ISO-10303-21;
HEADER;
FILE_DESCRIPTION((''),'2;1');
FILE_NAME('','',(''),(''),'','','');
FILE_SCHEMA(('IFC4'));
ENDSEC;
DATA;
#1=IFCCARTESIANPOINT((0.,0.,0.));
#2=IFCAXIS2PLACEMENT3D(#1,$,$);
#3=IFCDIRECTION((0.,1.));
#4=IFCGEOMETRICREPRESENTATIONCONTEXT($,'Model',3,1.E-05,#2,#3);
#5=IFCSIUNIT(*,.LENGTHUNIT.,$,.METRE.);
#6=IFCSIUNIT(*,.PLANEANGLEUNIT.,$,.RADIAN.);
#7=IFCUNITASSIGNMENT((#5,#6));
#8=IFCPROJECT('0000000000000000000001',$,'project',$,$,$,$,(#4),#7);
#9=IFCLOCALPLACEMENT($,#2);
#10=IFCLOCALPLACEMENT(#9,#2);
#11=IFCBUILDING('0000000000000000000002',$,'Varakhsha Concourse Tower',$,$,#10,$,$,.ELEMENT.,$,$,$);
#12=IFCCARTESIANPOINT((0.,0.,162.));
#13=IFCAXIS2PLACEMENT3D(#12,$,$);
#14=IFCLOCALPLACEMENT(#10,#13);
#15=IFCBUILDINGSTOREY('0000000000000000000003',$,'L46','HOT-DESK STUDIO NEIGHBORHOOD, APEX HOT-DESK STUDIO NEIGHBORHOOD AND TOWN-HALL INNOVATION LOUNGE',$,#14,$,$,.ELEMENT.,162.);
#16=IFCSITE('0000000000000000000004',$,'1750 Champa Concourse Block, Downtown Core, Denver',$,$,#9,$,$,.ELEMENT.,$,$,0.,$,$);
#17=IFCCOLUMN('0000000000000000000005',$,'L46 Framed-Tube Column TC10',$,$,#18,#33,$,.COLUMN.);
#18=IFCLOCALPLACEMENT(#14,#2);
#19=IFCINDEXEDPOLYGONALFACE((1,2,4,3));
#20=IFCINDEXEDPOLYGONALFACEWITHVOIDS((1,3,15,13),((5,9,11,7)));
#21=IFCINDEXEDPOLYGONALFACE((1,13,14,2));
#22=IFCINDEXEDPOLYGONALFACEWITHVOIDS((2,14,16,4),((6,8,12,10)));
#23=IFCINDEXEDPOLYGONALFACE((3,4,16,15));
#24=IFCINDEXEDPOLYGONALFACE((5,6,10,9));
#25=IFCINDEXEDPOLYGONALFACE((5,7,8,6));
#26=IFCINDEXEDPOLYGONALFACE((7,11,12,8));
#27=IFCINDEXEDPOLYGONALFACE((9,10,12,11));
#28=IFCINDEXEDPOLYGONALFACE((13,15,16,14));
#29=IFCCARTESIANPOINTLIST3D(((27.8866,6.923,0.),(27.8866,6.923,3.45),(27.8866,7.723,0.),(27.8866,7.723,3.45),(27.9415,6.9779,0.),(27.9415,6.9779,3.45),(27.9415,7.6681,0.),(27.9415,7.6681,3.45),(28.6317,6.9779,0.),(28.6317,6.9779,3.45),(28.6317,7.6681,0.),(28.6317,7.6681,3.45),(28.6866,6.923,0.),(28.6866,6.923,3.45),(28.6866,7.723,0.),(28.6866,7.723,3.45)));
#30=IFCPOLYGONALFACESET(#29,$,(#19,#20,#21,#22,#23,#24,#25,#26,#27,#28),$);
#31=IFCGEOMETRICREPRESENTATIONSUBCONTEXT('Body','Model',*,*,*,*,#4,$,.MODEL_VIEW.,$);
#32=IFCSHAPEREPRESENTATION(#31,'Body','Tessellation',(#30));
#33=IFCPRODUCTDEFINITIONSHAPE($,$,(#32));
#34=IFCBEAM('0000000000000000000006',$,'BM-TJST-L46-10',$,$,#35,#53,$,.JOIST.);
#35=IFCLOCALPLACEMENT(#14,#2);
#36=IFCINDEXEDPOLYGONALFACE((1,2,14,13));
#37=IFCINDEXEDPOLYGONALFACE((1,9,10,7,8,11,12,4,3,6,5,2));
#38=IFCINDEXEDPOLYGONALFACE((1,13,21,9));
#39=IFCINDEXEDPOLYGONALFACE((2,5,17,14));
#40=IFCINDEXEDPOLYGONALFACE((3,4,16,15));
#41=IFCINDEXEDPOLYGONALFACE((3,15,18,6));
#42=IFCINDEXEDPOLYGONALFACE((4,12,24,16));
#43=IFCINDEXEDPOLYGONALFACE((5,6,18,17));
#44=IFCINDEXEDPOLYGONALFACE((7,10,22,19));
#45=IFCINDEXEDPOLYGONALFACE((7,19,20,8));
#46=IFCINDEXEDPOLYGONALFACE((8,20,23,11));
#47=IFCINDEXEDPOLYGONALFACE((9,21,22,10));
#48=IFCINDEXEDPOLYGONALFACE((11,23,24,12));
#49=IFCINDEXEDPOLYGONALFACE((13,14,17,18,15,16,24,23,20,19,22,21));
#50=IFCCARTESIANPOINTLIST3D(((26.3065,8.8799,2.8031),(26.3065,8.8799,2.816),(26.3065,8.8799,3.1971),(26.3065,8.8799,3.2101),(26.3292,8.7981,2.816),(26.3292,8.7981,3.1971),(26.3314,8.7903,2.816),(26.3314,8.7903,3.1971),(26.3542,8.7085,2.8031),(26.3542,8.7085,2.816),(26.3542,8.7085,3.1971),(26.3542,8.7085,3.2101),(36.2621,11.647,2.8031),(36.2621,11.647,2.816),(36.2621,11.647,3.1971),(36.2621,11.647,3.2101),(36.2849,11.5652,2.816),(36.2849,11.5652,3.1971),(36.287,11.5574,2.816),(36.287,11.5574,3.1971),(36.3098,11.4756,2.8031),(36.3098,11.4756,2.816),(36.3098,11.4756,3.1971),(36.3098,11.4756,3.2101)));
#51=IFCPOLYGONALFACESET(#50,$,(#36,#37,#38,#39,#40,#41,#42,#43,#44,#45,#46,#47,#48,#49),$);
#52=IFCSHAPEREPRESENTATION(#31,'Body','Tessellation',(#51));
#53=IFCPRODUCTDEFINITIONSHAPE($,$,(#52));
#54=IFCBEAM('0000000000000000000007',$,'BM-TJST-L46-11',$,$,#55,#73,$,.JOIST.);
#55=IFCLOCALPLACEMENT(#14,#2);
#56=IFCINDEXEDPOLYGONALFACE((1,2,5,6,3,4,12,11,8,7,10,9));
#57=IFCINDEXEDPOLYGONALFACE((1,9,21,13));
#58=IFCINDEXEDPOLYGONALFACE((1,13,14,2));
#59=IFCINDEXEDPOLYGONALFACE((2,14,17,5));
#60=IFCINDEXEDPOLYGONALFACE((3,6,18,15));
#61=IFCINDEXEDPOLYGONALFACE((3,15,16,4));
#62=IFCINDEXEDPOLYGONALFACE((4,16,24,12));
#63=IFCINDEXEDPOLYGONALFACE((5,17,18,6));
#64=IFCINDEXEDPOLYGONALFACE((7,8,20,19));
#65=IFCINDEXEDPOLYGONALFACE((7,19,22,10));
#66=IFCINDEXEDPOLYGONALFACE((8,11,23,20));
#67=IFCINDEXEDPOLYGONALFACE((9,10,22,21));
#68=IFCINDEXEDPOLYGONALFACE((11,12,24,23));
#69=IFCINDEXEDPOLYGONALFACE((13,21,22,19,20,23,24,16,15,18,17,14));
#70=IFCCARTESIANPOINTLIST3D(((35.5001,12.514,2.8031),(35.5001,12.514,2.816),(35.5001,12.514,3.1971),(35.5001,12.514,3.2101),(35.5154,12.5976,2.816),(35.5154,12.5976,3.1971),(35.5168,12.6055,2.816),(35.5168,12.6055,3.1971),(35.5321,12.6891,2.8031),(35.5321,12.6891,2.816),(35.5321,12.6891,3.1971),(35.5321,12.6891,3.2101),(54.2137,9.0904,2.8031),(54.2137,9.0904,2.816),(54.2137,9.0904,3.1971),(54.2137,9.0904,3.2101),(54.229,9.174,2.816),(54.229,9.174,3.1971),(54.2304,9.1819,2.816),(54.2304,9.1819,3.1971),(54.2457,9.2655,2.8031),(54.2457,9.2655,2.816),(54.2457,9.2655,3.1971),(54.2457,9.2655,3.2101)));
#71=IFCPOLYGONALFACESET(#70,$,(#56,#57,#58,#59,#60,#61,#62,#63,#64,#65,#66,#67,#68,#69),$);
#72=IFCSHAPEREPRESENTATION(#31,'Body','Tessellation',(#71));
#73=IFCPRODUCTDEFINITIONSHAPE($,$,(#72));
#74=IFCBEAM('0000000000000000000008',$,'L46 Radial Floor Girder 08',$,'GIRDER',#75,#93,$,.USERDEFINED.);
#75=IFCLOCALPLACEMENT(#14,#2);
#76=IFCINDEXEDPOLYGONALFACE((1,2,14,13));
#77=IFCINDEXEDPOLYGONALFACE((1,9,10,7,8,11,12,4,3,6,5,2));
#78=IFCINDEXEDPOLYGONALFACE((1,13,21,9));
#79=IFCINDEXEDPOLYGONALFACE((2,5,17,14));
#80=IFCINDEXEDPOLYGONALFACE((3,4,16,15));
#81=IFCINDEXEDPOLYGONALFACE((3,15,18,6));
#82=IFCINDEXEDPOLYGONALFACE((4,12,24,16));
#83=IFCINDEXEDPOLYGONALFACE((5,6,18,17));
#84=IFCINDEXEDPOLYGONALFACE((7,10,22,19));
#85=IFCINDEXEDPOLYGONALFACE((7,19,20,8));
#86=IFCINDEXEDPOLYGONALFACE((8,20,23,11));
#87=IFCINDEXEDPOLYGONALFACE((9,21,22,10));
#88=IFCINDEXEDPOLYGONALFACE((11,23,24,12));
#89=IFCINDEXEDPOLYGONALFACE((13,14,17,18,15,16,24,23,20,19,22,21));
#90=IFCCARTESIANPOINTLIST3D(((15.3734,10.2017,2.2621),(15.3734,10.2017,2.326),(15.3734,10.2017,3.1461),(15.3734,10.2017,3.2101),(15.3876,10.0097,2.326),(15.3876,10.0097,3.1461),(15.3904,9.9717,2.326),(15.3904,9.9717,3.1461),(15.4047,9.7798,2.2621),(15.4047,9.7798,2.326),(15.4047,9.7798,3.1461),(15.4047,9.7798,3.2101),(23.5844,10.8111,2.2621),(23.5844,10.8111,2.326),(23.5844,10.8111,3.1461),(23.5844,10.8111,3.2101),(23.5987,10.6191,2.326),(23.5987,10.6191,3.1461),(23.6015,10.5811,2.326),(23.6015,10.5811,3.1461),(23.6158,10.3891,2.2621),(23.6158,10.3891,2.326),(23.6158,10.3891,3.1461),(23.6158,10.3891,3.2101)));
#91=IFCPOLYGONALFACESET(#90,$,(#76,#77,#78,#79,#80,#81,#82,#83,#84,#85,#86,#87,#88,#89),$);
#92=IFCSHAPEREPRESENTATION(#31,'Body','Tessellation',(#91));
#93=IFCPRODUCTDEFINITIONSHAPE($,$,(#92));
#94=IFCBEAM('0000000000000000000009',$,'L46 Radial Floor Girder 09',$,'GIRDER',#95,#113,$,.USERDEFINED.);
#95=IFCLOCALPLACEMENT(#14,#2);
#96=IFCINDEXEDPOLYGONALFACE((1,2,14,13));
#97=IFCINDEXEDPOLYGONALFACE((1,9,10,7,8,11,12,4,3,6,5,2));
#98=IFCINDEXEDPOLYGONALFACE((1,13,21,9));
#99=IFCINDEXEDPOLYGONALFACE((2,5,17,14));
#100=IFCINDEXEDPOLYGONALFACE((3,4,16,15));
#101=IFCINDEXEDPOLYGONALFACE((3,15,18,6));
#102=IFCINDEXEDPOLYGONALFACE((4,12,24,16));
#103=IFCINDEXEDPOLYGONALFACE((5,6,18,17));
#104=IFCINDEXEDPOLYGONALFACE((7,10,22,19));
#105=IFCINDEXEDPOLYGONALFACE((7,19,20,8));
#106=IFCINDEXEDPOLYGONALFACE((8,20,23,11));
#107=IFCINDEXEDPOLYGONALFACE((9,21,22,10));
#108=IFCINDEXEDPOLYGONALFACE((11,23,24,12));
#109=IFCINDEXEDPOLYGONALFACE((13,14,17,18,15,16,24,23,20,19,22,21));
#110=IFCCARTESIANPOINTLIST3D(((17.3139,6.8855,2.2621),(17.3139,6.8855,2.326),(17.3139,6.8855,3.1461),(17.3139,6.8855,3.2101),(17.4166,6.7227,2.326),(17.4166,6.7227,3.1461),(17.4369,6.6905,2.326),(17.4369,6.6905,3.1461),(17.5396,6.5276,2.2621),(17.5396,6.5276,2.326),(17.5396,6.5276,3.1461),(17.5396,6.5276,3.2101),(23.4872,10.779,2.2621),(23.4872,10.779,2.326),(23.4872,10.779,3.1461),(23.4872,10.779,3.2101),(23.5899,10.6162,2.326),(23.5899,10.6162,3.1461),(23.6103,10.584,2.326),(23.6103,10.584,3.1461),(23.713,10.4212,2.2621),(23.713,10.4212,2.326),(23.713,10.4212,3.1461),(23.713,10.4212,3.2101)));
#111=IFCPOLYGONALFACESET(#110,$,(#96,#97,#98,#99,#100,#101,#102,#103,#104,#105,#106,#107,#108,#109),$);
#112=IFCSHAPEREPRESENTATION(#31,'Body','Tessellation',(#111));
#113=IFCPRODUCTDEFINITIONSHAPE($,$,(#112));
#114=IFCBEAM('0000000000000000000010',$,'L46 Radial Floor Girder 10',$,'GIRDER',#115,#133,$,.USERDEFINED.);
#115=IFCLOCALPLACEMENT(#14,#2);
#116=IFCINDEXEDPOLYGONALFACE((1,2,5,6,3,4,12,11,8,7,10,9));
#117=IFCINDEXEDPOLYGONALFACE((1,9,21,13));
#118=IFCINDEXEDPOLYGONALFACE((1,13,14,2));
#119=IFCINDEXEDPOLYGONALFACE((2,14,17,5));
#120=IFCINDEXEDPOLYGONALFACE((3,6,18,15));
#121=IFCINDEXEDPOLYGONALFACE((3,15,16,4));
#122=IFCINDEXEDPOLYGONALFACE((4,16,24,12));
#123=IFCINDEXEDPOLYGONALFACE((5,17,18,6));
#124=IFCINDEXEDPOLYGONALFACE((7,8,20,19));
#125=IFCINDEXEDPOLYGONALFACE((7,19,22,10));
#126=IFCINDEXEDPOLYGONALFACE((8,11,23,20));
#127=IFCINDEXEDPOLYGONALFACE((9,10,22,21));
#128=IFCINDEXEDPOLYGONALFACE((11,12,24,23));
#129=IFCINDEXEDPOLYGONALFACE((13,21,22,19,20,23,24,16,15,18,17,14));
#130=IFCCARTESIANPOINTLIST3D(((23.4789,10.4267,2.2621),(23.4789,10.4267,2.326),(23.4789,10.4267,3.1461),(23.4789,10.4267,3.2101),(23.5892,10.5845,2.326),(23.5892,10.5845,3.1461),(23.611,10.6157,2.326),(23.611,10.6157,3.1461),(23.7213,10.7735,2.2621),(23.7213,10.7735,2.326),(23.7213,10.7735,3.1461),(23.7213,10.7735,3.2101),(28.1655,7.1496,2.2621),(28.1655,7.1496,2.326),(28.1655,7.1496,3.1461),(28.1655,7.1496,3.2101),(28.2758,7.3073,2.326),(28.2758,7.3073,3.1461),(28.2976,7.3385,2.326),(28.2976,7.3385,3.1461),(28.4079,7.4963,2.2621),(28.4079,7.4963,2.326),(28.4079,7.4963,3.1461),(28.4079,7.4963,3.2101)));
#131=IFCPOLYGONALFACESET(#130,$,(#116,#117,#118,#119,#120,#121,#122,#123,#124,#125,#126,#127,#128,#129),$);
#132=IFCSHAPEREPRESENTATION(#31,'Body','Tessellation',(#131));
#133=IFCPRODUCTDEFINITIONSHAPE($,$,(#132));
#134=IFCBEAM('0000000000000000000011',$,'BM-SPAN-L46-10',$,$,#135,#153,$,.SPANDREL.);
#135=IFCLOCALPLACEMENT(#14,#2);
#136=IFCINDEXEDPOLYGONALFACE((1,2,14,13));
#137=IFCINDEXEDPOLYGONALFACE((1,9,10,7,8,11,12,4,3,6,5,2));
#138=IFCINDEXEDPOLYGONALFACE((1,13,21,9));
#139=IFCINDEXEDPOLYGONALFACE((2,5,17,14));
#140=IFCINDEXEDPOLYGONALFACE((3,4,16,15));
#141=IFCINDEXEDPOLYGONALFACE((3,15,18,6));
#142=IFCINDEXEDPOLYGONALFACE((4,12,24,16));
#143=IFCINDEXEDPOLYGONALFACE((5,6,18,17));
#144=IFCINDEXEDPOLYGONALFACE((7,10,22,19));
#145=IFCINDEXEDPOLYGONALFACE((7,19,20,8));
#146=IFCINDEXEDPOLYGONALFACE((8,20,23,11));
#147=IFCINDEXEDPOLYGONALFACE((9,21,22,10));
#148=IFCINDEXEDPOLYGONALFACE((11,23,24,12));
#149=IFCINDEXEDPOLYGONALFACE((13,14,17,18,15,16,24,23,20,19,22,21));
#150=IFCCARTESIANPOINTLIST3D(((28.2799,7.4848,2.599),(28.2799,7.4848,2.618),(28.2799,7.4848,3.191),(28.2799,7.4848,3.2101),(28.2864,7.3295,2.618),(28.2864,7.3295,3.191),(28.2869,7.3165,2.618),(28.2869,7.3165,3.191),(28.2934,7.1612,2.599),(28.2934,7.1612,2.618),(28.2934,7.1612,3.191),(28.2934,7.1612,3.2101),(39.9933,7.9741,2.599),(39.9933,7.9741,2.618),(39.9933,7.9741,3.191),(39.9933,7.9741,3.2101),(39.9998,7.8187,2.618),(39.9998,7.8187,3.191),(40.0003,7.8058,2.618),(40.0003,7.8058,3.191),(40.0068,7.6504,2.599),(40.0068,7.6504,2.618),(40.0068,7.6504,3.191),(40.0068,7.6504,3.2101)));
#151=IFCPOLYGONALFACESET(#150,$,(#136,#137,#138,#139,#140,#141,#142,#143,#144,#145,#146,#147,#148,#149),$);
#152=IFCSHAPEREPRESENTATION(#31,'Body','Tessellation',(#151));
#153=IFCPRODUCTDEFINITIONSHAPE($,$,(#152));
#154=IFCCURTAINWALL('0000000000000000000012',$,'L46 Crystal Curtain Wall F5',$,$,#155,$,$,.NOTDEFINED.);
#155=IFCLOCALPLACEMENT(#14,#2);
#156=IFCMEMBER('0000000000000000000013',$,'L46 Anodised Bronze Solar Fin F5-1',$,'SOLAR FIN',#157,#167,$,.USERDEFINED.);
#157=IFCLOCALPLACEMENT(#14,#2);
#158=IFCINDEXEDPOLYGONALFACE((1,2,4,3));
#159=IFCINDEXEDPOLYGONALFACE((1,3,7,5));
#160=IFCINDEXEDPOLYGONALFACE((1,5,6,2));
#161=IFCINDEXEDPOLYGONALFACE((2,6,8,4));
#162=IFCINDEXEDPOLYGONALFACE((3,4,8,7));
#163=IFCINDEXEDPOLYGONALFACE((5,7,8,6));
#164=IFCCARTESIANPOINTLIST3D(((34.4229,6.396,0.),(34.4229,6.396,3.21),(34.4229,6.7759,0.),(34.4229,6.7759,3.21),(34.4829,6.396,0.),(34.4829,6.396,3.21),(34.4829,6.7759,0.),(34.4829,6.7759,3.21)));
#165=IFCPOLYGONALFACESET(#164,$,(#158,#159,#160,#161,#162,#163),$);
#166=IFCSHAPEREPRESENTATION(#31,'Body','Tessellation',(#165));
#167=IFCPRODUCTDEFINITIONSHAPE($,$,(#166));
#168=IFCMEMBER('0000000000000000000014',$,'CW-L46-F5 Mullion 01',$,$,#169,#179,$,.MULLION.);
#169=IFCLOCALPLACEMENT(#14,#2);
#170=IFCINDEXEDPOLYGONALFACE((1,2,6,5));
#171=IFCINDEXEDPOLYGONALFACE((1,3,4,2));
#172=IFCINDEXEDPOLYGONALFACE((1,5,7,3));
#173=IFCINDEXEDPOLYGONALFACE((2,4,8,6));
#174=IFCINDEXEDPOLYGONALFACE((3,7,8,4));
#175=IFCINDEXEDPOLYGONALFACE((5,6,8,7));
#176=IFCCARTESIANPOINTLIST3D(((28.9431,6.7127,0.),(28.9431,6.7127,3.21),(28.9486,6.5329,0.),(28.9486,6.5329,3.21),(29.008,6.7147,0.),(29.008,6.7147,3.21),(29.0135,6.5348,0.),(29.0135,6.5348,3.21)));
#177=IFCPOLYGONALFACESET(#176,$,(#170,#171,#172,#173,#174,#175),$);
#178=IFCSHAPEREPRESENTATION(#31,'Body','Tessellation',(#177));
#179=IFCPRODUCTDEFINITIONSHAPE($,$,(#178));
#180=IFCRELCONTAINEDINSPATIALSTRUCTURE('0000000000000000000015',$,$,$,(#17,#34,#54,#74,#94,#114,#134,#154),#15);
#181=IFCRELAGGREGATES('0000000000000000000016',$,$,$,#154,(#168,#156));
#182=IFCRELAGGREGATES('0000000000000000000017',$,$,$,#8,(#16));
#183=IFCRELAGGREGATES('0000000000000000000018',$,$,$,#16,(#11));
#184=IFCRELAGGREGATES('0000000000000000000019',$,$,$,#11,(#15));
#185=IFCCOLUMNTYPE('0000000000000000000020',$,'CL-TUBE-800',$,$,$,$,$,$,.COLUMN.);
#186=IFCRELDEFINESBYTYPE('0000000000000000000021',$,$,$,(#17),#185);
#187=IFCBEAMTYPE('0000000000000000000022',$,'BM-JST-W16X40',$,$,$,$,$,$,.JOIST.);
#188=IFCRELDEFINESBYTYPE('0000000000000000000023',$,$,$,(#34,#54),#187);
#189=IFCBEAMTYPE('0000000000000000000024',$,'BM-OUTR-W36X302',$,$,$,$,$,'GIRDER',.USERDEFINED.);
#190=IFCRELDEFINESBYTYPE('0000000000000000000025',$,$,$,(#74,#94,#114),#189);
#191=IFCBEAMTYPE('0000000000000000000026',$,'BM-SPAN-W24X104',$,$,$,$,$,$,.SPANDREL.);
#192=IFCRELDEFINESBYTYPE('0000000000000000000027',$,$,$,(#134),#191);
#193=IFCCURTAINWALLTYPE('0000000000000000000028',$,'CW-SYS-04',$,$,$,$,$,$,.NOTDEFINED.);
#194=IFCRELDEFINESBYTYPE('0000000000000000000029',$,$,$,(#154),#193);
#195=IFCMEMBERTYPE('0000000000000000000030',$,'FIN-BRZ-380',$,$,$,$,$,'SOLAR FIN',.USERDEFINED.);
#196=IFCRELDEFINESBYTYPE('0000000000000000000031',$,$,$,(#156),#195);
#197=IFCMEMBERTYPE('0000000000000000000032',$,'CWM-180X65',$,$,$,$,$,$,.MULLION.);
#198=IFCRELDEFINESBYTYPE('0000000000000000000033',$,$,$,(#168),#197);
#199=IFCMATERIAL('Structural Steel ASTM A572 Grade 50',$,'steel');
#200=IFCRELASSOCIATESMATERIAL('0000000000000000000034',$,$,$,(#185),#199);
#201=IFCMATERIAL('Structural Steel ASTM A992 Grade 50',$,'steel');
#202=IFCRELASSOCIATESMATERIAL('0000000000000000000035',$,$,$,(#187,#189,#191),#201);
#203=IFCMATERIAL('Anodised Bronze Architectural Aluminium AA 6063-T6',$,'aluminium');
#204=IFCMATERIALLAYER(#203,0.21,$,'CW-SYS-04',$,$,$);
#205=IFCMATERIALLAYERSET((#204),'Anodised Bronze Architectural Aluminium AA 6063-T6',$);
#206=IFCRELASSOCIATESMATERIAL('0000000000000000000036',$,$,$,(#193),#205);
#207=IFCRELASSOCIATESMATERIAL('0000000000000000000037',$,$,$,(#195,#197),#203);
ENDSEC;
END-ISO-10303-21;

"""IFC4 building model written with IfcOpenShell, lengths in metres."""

from ifc_helpers import new_model, si_unit, direction, frame, origin, origin_2d, place, context, subcontext, project, spatial, rectangle, hollow_rectangle, i_section, extrude, source, transform, mapped, material, layer, layer_set, material_profile, profile_set, type_object, type_shapes, element, aggregate, save


model = new_model("IFC4")

# Units and contexts
model_context = context("Model", 3, precision=1e-05, world=origin(), true_north=direction((0.0, 1.0)))
body_context = subcontext(model_context, "Body", "Model", "MODEL_VIEW")
ifc_project = project(units=[si_unit("LENGTHUNIT", "METRE"), si_unit("PLANEANGLEUNIT", "RADIAN")], contexts=[model_context])

# Site, building, storey
site_placement = place(None, origin())
site = spatial("IfcSite", under=ifc_project, at=site_placement, Name="1750 Champa Concourse Block, Downtown Core, Denver", CompositionType="ELEMENT", RefElevation=0.0)
building_placement = place(site_placement, origin())
building = spatial("IfcBuilding", under=site, at=building_placement, Name="Varakhsha Concourse Tower", CompositionType="ELEMENT")
storey_placement = place(building_placement, frame((0.0, 0.0, 162.0)))
storey = spatial("IfcBuildingStorey", under=building, at=storey_placement, Name="L46", Description="HOT-DESK STUDIO NEIGHBORHOOD, APEX HOT-DESK STUDIO NEIGHBORHOOD AND TOWN-HALL INNOVATION LOUNGE", CompositionType="ELEMENT", Elevation=162.0)

# Column
ifc_material_1 = material(Name="Structural Steel ASTM A572 Grade 50", Category="steel")
ifc_material_profile_1 = material_profile(ifc_material_1, hollow_rectangle(XDim=0.8, YDim=0.8, WallThickness=0.0549, at=origin_2d()), Name="BOX 800x800x55")
ifc_profile_set_1 = profile_set([ifc_material_profile_1], Name="Structural Steel ASTM A572 Grade 50")
column_type = type_object("IfcColumnType", Name="CL-TUBE-800", PredefinedType="COLUMN", material=ifc_profile_set_1)
column_placement = place(storey_placement, frame((28.2866, 7.323, 0.0), z_axis=(0.0, 0.0, 1.0), x_axis=(1.0, 0.0, 0.0)))
element("IfcColumn", 1, at=column_placement, inside=storey, type_object=column_type, Name="L46 Framed-Tube Column TC10", PredefinedType="COLUMN", context=body_context, shape_type="SweptSolid", body=[
    extrude(hollow_rectangle(XDim=0.8, YDim=0.8, WallThickness=0.0549, at=origin_2d()), origin(), (0.0, 0.0, 1.0), 3.45),
])

# Beams
ifc_material_2 = material(Name="Structural Steel ASTM A992 Grade 50", Category="steel")
ifc_material_profile_2 = material_profile(ifc_material_2, i_section(OverallWidth=0.178, OverallDepth=0.407, WebThickness=0.0081, FlangeThickness=0.0129, at=origin_2d()), Name="W16X40")
ifc_profile_set_2 = profile_set([ifc_material_profile_2], Name="Structural Steel ASTM A992 Grade 50")
beam_type_1 = type_object("IfcBeamType", Name="BM-JST-W16X40", PredefinedType="JOIST", material=ifc_profile_set_2)
beam_1_placement = place(storey_placement, frame((26.3303, 8.7942, 3.0066), z_axis=(0.963477, 0.267793, 0.0), x_axis=(-0.267793, 0.963477, 0.0)))
element("IfcBeam", 2, at=beam_1_placement, inside=storey, type_object=beam_type_1, Name="BM-TJST-L46-10", PredefinedType="JOIST", context=body_context, shape_type="SweptSolid", body=[
    extrude(i_section(OverallWidth=0.178, OverallDepth=0.407, WebThickness=0.0081, FlangeThickness=0.0129, at=origin_2d()), origin(), (0.0, 0.0, 1.0), 10.333),
])
beam_2_placement = place(storey_placement, frame((35.5161, 12.6016, 3.0066), z_axis=(0.983674, -0.179959, 0.0), x_axis=(0.179959, 0.983674, 0.0)))
element("IfcBeam", 3, at=beam_2_placement, inside=storey, type_object=beam_type_1, Name="BM-TJST-L46-11", PredefinedType="JOIST", context=body_context, shape_type="SweptSolid", body=[
    extrude(i_section(OverallWidth=0.178, OverallDepth=0.407, WebThickness=0.0081, FlangeThickness=0.0129, at=origin_2d()), origin(), (0.0, 0.0, 1.0), 19.0242),
])
ifc_material_profile_3 = material_profile(ifc_material_2, i_section(OverallWidth=0.4231, OverallDepth=0.948, WebThickness=0.0381, FlangeThickness=0.064, at=origin_2d()), Name="W36X302")
ifc_profile_set_3 = profile_set([ifc_material_profile_3], Name="Structural Steel ASTM A992 Grade 50")
beam_type_2 = type_object("IfcBeamType", Name="BM-OUTR-W36X302", ElementType="GIRDER", PredefinedType="USERDEFINED", material=ifc_profile_set_3)
beam_3_placement = place(storey_placement, frame((23.6001, 10.6001, 2.7361), z_axis=(-0.997258, -0.074009, 0.0), x_axis=(0.074009, -0.997258, 0.0)))
element("IfcBeam", 4, at=beam_3_placement, inside=storey, type_object=beam_type_2, Name="L46 Radial Floor Girder 08", ObjectType="GIRDER", PredefinedType="USERDEFINED", context=body_context, shape_type="SweptSolid", body=[
    extrude(i_section(OverallWidth=0.4231, OverallDepth=0.948, WebThickness=0.0381, FlangeThickness=0.064, at=origin_2d()), origin(), (0.0, 0.0, 1.0), 8.2336),
])
beam_4_placement = place(storey_placement, frame((23.6001, 10.6001, 2.7361), z_axis=(-0.845823, -0.533464, 0.0), x_axis=(0.533464, -0.845823, 0.0)))
element("IfcBeam", 5, at=beam_4_placement, inside=storey, type_object=beam_type_2, Name="L46 Radial Floor Girder 09", ObjectType="GIRDER", PredefinedType="USERDEFINED", context=body_context, shape_type="SweptSolid", body=[
    extrude(i_section(OverallWidth=0.4231, OverallDepth=0.948, WebThickness=0.0381, FlangeThickness=0.064, at=origin_2d()), origin(), (0.0, 0.0, 1.0), 7.2986),
])
beam_5_placement = place(storey_placement, frame((23.6001, 10.6001, 2.7361), z_axis=(0.819517, -0.573055, 0.0), x_axis=(0.573055, 0.819517, 0.0)))
element("IfcBeam", 6, at=beam_5_placement, inside=storey, type_object=beam_type_2, Name="L46 Radial Floor Girder 10", ObjectType="GIRDER", PredefinedType="USERDEFINED", context=body_context, shape_type="SweptSolid", body=[
    extrude(i_section(OverallWidth=0.4231, OverallDepth=0.948, WebThickness=0.0381, FlangeThickness=0.064, at=origin_2d()), origin(), (0.0, 0.0, 1.0), 5.7188),
])
ifc_material_profile_4 = material_profile(ifc_material_2, i_section(OverallWidth=0.324, OverallDepth=0.6111, WebThickness=0.0129, FlangeThickness=0.019, at=origin_2d()), Name="W24X104")
ifc_profile_set_4 = profile_set([ifc_material_profile_4], Name="Structural Steel ASTM A992 Grade 50")
beam_type_3 = type_object("IfcBeamType", Name="BM-SPAN-W24X104", PredefinedType="SPANDREL", material=ifc_profile_set_4)
beam_6_placement = place(storey_placement, frame((28.2866, 7.323, 2.9045), z_axis=(0.999129, 0.041733, 0.0), x_axis=(-0.041733, 0.999129, 0.0)))
element("IfcBeam", 7, at=beam_6_placement, inside=storey, type_object=beam_type_3, Name="BM-SPAN-L46-10", PredefinedType="SPANDREL", context=body_context, shape_type="SweptSolid", body=[
    extrude(i_section(OverallWidth=0.324, OverallDepth=0.6111, WebThickness=0.0129, FlangeThickness=0.019, at=origin_2d()), origin(), (0.0, 0.0, 1.0), 11.7236),
])

# Curtain wall, members
ifc_material_3 = material(Name="Anodised Bronze Architectural Aluminium AA 6063-T6", Category="aluminium")
ifc_layer_1 = layer(ifc_material_3, 0.21, Name="CW-SYS-04")
ifc_layer_set_1 = layer_set([ifc_layer_1], Name="Anodised Bronze Architectural Aluminium AA 6063-T6")
curtain_wall_type = type_object("IfcCurtainWallType", Name="CW-SYS-04", PredefinedType="NOTDEFINED", material=ifc_layer_set_1)
curtain_wall_placement = place(storey_placement, origin())
curtain_wall = element("IfcCurtainWall", 8, at=curtain_wall_placement, inside=storey, type_object=curtain_wall_type, Name="L46 Crystal Curtain Wall F5", PredefinedType="NOTDEFINED")
ifc_material_profile_5 = material_profile(ifc_material_3, rectangle(XDim=0.0601, YDim=0.3799, at=origin_2d()), Name="FIN-BRZ-380")
ifc_profile_set_5 = profile_set([ifc_material_profile_5], Name="Anodised Bronze Architectural Aluminium AA 6063-T6")
member_type_1 = type_object("IfcMemberType", Name="FIN-BRZ-380", ElementType="SOLAR FIN", PredefinedType="USERDEFINED", material=ifc_profile_set_5)
shared_shape_1 = source(origin(), body_context, "Body", "SweptSolid", [
    extrude(rectangle(XDim=0.0601, YDim=0.3799, at=origin_2d()), origin(), (0.0, 0.0, 1.0), 3.21),
])
type_shapes(member_type_1, [shared_shape_1])
member_1_placement = place(storey_placement, frame((34.4529, 6.5859, 0.0), z_axis=(0.0, 0.0, 1.0), x_axis=(1.0, 0.0, 0.0)))
member_1 = element("IfcMember", 9, at=member_1_placement, type_object=member_type_1, Name="L46 Anodised Bronze Solar Fin F5-1", ObjectType="SOLAR FIN", PredefinedType="USERDEFINED", context=body_context, shape_type="MappedRepresentation", body=[
    mapped(shared_shape_1, transform((0.0, 0.0, 0.0), scale=1.0)),
])
ifc_material_profile_6 = material_profile(ifc_material_3, rectangle(XDim=0.0649, YDim=0.1799, at=origin_2d()), Name="CWM-180X65")
ifc_profile_set_6 = profile_set([ifc_material_profile_6], Name="Anodised Bronze Architectural Aluminium AA 6063-T6")
member_type_2 = type_object("IfcMemberType", Name="CWM-180X65", PredefinedType="MULLION", material=ifc_profile_set_6)
shared_shape_2 = source(origin(), body_context, "Body", "SweptSolid", [
    extrude(rectangle(XDim=0.0649, YDim=0.1799, at=origin_2d()), origin(), (0.0, 0.0, 1.0), 3.21),
])
type_shapes(member_type_2, [shared_shape_2])
member_2_placement = place(storey_placement, frame((28.9783, 6.6238, 0.0), z_axis=(0.0, 0.0, 1.0), x_axis=(-0.999534, -0.030525, 0.0)))
member_2 = element("IfcMember", 10, at=member_2_placement, type_object=member_type_2, Name="CW-L46-F5 Mullion 01", PredefinedType="MULLION", context=body_context, shape_type="MappedRepresentation", body=[
    mapped(shared_shape_2, transform((0.0, 0.0, 0.0), scale=1.0)),
])
aggregate(curtain_wall, [member_2, member_1])

save(model, "model.ifc")
